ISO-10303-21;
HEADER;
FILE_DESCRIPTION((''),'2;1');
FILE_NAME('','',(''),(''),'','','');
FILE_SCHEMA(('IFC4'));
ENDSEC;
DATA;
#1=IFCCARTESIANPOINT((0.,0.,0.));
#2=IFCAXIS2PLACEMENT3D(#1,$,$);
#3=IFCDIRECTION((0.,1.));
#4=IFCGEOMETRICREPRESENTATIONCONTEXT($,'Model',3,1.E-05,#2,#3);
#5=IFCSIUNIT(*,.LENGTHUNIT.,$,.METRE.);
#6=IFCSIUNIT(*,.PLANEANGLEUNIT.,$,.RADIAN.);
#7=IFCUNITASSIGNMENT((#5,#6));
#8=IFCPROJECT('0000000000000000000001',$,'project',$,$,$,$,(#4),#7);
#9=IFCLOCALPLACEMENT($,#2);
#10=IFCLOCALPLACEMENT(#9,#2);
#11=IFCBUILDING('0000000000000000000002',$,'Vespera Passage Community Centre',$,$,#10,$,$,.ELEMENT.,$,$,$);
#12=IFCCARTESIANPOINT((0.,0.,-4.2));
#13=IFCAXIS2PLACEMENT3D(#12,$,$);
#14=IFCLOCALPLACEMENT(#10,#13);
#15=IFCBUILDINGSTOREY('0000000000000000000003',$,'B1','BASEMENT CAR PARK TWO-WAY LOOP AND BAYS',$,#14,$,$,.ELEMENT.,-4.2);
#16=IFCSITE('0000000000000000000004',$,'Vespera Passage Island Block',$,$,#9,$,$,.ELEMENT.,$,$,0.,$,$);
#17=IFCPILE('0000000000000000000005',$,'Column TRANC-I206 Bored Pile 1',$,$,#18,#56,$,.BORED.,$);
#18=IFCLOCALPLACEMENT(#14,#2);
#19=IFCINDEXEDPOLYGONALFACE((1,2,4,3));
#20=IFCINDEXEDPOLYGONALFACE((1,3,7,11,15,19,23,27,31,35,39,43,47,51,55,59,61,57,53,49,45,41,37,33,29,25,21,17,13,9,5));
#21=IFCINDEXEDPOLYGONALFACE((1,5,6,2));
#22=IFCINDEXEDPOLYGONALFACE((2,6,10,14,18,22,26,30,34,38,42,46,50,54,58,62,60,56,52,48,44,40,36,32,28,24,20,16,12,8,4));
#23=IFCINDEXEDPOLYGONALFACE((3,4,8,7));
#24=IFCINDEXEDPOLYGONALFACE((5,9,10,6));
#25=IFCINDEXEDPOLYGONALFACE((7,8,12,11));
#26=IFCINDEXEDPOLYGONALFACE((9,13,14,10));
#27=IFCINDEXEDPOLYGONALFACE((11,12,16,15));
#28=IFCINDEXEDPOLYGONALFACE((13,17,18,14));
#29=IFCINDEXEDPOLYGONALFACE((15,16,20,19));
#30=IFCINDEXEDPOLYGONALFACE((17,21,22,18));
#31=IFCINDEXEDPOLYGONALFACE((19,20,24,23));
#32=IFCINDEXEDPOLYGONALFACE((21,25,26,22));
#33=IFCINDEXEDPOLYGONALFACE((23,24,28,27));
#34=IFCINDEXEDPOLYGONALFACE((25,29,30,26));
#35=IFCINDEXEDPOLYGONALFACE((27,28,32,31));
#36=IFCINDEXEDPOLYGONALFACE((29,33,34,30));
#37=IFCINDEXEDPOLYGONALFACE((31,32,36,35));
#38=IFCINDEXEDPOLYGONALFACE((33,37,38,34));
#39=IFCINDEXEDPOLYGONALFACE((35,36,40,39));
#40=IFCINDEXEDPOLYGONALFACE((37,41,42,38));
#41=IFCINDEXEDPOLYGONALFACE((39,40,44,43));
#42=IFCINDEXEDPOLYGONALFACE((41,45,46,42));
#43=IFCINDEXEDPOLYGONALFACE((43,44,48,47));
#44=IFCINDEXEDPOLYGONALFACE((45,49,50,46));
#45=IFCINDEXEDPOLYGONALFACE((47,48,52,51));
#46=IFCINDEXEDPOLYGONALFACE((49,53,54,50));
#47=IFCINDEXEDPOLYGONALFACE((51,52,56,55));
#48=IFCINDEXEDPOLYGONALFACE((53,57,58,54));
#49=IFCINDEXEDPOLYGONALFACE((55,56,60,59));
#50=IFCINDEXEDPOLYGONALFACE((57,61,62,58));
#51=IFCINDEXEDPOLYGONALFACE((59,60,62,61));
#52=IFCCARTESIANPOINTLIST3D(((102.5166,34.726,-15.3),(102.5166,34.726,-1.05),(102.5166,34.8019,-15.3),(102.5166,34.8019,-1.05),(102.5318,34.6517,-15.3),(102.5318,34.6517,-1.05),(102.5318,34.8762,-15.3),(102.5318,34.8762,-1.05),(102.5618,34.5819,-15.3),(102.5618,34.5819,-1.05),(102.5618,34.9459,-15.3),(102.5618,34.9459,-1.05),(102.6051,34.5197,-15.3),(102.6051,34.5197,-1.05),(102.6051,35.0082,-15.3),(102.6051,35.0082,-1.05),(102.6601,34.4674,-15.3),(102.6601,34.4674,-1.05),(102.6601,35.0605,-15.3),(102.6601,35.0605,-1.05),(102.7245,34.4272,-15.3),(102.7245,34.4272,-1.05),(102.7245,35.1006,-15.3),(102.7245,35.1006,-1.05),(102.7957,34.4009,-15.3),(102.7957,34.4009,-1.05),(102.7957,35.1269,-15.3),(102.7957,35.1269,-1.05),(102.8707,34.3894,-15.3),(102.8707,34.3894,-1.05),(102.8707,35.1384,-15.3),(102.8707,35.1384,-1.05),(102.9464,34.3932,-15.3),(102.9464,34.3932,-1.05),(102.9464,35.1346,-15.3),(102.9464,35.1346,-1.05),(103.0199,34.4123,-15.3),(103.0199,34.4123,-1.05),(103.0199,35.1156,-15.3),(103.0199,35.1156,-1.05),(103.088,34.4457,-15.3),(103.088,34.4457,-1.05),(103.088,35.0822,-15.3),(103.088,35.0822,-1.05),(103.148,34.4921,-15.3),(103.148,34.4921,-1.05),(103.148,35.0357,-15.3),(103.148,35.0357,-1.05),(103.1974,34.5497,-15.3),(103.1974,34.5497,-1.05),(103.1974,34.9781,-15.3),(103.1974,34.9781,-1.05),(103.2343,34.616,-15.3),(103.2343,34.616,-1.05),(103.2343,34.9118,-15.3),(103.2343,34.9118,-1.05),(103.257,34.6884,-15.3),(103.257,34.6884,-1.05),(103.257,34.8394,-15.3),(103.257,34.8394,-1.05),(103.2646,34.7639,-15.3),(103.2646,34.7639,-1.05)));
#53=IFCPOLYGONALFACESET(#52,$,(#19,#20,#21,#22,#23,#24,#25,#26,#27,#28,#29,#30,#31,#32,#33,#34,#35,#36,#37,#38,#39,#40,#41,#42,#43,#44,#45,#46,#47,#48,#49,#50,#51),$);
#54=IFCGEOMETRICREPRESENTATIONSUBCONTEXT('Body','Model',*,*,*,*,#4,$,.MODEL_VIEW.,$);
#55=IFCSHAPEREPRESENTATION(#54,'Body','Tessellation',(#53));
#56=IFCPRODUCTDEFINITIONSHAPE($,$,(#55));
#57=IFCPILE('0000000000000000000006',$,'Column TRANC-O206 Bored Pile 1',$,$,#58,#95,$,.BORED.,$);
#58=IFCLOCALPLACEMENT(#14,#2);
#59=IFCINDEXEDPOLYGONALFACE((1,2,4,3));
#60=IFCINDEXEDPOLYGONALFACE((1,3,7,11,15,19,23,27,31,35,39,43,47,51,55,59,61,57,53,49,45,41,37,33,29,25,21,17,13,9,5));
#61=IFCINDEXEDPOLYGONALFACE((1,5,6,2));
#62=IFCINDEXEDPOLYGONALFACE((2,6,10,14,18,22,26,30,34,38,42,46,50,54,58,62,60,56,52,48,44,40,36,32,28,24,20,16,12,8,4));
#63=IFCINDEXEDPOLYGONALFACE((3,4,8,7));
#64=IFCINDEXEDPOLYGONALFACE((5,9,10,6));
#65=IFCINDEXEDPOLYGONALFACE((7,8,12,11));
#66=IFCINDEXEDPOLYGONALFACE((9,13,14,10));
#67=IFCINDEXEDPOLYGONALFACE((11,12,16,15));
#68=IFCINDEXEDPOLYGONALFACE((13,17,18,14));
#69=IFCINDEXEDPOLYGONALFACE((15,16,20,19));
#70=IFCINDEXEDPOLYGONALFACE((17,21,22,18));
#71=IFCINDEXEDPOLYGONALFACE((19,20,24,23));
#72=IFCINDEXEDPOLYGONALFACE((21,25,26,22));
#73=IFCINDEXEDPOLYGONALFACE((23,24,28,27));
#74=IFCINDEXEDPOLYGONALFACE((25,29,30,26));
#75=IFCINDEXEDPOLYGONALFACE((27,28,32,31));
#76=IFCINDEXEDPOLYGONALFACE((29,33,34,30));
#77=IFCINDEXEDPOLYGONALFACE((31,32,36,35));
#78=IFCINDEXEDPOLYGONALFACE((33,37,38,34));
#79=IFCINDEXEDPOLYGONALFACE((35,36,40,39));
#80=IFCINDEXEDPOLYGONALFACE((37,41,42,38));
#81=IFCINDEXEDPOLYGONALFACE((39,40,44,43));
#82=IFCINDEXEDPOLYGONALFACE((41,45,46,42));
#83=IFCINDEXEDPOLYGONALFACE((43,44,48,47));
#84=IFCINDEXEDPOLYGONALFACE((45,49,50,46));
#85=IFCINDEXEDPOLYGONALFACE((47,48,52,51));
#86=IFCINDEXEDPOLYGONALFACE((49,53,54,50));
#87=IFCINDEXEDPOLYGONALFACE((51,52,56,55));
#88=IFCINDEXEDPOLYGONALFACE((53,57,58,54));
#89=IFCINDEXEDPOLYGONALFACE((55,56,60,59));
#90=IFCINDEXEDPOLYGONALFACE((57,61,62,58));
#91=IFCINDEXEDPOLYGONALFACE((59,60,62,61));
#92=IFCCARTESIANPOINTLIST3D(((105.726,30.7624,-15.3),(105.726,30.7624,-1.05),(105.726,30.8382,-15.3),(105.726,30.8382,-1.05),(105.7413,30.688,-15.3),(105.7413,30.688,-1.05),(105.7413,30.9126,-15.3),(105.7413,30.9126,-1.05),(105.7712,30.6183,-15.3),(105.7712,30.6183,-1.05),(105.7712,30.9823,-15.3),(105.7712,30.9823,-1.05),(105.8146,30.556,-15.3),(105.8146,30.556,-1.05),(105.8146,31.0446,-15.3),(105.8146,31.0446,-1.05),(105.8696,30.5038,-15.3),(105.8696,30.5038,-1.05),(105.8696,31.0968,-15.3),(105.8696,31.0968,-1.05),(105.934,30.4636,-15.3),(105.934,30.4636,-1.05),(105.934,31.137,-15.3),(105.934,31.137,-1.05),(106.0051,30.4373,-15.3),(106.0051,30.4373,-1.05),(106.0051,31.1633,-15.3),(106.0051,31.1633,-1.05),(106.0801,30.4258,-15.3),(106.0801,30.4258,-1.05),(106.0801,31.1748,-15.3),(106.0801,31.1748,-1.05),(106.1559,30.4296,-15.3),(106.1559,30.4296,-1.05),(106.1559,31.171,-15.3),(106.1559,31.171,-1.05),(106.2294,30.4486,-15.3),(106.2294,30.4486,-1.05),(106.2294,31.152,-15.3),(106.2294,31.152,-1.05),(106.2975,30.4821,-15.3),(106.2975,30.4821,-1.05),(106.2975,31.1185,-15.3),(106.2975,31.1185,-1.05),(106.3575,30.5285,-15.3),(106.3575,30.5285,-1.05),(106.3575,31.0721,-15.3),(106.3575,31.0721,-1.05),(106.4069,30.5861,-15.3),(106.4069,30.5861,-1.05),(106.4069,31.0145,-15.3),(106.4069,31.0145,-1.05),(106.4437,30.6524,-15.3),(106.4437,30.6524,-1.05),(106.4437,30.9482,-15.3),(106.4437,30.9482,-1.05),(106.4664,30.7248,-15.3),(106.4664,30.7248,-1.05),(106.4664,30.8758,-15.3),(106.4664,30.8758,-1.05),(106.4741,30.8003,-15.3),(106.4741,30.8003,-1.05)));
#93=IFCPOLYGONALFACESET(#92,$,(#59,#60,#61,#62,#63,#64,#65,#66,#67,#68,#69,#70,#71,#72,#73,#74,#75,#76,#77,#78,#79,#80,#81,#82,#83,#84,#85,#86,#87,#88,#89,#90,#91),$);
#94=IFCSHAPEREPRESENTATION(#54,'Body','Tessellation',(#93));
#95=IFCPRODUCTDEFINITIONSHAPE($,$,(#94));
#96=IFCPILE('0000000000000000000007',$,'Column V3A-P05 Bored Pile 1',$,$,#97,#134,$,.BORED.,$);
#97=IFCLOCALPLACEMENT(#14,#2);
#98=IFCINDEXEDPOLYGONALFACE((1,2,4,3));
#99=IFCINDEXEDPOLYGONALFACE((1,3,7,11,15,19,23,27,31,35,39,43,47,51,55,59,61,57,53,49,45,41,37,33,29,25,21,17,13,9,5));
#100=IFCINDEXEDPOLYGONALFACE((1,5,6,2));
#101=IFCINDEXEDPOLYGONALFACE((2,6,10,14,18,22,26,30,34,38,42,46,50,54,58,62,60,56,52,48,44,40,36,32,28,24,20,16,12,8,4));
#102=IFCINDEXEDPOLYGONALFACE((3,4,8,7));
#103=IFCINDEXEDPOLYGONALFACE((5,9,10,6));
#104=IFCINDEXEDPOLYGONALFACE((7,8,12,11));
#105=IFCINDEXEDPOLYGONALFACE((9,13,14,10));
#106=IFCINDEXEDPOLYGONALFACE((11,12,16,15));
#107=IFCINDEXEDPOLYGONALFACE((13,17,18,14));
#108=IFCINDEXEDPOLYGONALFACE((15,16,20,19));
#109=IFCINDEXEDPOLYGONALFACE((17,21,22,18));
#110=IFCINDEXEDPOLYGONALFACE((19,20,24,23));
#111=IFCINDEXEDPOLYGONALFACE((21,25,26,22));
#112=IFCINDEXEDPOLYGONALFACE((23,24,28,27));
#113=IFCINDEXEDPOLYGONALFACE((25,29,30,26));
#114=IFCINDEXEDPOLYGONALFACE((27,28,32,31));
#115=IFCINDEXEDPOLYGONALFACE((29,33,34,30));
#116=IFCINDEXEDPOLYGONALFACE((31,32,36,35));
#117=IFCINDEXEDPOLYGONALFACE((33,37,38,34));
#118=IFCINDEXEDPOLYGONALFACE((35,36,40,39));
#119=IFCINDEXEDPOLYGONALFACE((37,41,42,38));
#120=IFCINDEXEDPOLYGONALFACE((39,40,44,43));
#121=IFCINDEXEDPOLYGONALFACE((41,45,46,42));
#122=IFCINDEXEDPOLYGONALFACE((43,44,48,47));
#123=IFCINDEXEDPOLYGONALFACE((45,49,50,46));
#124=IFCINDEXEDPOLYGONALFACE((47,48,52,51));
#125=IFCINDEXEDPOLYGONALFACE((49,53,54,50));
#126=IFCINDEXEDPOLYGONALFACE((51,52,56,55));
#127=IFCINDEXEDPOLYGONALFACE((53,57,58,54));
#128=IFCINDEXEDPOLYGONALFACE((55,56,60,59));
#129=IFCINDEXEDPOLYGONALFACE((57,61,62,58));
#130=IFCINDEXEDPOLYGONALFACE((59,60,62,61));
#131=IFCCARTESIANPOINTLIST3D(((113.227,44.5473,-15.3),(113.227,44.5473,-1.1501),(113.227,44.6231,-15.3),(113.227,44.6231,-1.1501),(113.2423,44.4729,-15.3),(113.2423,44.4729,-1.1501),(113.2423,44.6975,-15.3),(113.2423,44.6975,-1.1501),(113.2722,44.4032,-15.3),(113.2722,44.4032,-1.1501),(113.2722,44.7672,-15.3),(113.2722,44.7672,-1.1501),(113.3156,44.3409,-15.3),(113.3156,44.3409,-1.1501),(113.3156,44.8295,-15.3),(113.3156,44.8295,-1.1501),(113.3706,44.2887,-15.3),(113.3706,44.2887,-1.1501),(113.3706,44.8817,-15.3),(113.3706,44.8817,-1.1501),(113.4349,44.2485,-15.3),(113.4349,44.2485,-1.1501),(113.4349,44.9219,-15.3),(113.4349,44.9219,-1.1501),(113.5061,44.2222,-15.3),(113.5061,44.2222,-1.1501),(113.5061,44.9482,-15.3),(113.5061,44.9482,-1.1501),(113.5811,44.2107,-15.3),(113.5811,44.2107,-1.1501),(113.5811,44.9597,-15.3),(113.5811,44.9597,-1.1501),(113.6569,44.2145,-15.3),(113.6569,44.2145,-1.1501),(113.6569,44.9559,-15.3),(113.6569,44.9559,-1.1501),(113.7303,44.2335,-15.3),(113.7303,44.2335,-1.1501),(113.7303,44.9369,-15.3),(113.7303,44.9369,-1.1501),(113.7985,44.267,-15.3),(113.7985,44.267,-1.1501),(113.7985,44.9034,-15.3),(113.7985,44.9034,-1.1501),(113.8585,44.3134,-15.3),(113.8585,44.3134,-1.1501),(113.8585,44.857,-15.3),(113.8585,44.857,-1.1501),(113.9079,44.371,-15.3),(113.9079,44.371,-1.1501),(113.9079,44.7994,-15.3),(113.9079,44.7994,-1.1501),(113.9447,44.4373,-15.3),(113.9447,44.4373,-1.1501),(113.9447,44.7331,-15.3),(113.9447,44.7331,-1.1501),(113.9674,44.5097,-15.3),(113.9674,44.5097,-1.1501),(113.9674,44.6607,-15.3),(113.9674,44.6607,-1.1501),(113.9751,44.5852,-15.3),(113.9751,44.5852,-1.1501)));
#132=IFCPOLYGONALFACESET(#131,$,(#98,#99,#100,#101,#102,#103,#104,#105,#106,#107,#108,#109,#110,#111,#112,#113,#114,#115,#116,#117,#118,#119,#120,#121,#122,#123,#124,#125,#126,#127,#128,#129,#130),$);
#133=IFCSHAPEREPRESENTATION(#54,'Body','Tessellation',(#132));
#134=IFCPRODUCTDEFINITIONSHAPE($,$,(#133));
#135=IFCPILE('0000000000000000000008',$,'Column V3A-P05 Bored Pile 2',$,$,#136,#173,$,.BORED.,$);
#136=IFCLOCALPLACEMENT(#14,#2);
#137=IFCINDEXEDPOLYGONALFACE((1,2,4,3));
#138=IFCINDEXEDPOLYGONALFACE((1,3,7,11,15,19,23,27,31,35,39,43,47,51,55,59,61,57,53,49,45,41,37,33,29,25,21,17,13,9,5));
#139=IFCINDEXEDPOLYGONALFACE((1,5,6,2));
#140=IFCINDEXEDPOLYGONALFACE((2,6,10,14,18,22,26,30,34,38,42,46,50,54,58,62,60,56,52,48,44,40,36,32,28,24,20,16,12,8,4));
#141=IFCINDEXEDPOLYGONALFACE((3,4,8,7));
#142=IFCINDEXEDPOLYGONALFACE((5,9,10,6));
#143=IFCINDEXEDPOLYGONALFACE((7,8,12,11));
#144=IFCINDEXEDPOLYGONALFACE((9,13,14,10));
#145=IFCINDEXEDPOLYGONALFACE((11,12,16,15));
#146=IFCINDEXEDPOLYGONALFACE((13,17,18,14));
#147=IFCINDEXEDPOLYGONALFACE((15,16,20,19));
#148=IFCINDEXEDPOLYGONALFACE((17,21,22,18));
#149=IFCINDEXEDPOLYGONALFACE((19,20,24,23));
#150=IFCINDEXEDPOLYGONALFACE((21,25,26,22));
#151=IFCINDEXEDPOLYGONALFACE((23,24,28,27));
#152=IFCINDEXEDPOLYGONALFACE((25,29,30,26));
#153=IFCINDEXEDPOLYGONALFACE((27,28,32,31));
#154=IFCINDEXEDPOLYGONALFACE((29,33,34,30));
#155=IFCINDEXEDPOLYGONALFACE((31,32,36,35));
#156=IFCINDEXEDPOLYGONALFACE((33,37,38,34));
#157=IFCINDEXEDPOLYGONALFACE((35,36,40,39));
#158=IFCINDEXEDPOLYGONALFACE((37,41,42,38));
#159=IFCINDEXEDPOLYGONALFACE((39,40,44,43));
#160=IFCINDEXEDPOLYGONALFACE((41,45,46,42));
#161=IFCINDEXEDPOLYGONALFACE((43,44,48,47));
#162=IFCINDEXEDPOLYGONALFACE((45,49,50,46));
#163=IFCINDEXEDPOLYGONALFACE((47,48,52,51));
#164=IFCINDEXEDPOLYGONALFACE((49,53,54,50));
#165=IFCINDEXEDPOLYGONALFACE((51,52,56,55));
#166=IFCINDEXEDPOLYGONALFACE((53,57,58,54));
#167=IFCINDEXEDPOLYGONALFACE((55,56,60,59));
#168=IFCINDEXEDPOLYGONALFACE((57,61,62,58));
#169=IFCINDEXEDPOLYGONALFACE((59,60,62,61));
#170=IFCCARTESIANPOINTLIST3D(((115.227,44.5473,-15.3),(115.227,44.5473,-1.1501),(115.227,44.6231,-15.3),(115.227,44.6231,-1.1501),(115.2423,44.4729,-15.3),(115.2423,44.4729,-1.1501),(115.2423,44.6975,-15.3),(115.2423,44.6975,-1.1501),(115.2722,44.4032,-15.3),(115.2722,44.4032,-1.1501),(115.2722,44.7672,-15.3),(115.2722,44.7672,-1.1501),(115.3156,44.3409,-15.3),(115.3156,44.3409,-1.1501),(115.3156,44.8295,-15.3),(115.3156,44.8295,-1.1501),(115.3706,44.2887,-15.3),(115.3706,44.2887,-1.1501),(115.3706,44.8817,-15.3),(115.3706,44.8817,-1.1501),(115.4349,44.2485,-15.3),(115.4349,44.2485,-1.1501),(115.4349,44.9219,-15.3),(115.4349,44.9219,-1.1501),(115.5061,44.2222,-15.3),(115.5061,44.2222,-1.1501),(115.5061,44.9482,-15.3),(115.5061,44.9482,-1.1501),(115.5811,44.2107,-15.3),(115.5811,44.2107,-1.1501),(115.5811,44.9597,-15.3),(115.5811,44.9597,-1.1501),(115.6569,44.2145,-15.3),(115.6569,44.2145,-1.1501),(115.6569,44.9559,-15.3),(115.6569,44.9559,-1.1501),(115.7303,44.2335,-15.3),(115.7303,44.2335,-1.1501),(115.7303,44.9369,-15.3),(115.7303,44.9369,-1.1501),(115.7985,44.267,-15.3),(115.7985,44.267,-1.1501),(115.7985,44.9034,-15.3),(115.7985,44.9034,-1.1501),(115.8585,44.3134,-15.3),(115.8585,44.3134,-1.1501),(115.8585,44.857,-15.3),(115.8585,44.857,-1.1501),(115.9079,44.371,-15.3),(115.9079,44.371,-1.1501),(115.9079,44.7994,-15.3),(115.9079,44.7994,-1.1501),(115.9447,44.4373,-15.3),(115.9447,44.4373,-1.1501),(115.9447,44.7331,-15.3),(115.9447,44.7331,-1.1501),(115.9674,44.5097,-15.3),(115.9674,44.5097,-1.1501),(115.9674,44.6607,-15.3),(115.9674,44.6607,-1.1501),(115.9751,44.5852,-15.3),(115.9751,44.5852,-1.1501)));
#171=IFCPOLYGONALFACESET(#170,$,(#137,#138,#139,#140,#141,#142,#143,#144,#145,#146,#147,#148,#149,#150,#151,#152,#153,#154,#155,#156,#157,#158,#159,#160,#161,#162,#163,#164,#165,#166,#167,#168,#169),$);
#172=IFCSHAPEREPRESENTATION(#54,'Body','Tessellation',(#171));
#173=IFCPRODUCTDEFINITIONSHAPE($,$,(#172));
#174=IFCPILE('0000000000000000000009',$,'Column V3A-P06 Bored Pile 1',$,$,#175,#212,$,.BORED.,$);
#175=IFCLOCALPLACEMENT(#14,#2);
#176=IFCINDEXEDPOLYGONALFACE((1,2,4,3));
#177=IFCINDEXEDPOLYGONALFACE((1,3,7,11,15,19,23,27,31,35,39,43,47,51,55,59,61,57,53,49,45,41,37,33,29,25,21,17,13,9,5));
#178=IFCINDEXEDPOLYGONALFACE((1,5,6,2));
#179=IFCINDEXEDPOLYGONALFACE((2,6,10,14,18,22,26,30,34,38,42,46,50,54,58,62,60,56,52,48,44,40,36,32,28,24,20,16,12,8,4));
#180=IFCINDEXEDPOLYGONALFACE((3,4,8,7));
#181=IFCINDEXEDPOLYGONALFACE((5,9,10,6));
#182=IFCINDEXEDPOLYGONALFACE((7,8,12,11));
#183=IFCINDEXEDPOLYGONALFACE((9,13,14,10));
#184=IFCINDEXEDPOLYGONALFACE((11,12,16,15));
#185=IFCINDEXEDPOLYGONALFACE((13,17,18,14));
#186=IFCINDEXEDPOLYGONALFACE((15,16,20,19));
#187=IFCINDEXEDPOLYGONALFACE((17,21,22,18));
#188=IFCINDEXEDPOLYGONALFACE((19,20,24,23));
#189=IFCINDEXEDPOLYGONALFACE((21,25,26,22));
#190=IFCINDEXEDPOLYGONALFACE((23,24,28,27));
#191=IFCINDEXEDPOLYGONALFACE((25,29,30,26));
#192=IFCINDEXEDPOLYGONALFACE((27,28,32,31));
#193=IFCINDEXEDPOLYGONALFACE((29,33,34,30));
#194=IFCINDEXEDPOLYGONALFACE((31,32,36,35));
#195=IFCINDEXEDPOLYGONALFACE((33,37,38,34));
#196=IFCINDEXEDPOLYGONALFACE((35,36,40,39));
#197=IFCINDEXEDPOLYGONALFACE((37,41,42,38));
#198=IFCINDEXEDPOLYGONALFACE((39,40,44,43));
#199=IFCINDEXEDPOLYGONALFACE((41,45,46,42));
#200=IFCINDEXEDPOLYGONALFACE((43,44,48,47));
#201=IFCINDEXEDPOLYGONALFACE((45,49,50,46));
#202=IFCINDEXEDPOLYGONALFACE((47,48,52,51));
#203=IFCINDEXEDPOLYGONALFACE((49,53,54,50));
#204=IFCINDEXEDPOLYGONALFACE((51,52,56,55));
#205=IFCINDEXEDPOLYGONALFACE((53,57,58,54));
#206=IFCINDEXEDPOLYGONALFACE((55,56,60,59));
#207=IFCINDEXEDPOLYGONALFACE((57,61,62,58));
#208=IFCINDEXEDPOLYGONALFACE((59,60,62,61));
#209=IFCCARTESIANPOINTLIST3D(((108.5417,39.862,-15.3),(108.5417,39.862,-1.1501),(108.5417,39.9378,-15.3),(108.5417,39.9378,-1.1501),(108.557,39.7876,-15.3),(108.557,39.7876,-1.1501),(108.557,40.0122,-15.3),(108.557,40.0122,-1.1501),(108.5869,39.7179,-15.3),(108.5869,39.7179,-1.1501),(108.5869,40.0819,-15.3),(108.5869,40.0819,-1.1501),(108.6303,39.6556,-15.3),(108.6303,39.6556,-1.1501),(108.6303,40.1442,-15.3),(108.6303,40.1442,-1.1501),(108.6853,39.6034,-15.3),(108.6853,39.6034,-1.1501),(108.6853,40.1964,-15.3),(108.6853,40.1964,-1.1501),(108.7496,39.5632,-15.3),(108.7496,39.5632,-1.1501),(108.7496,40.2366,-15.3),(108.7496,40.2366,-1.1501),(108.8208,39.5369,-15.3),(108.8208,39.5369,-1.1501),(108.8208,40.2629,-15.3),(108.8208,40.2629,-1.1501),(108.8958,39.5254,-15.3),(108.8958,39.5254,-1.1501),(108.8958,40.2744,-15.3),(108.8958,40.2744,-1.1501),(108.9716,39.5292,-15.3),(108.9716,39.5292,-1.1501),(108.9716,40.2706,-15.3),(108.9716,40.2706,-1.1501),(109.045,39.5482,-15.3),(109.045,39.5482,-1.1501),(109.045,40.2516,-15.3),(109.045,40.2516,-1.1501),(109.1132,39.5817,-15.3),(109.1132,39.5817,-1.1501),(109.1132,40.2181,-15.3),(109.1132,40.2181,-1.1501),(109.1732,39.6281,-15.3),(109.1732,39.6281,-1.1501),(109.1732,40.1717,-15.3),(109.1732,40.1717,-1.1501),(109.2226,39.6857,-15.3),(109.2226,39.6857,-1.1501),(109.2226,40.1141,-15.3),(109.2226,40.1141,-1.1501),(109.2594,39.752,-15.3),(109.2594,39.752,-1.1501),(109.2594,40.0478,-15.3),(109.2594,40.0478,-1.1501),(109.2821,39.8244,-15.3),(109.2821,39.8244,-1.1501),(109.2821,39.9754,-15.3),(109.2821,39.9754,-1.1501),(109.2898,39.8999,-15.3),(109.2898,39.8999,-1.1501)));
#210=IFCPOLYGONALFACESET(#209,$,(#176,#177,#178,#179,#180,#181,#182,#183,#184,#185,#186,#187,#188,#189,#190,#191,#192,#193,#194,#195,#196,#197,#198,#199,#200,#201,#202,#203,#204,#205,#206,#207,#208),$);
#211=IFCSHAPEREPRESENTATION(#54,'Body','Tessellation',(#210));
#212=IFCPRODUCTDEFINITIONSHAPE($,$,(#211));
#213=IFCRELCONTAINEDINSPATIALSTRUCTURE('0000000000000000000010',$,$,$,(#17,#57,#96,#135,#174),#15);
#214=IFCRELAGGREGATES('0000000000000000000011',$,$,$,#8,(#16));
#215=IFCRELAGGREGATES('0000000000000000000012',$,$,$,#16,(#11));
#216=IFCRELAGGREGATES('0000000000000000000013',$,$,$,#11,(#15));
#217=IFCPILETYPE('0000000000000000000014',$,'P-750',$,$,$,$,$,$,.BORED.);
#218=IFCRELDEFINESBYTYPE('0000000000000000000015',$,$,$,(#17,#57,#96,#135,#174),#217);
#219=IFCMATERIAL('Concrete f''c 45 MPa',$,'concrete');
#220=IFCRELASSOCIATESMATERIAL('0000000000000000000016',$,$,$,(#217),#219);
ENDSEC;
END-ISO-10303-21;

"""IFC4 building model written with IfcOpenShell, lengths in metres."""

from ifc_helpers import new_model, si_unit, direction, frame, origin, origin_2d, place, context, subcontext, project, spatial, circle, extrude, material, material_profile, profile_set, type_object, element, save


model = new_model("IFC4")

# Units and contexts
model_context = context("Model", 3, precision=1e-05, world=origin(), true_north=direction((0.0, 1.0)))
body_context = subcontext(model_context, "Body", "Model", "MODEL_VIEW")
ifc_project = project(units=[si_unit("LENGTHUNIT", "METRE"), si_unit("PLANEANGLEUNIT", "RADIAN")], contexts=[model_context])

# Site, building, storey
site_placement = place(None, origin())
site = spatial("IfcSite", under=ifc_project, at=site_placement, Name="Vespera Passage Island Block", CompositionType="ELEMENT", RefElevation=0.0)
building_placement = place(site_placement, origin())
building = spatial("IfcBuilding", under=site, at=building_placement, Name="Vespera Passage Community Centre", CompositionType="ELEMENT")
storey_placement = place(building_placement, frame((0.0, 0.0, -4.2)))
storey = spatial("IfcBuildingStorey", under=building, at=storey_placement, Name="B1", Description="BASEMENT CAR PARK TWO-WAY LOOP AND BAYS", CompositionType="ELEMENT", Elevation=-4.2)

# Piles
ifc_material_1 = material(Name="Concrete f'c 45 MPa", Category="concrete")
ifc_material_profile_1 = material_profile(ifc_material_1, circle(Radius=0.375, at=origin_2d()), Name="PILE750DIA")
ifc_profile_set_1 = profile_set([ifc_material_profile_1], Name="Concrete f'c 45 MPa")
pile_type_1 = type_object("IfcPileType", Name="P-750", PredefinedType="BORED", material=ifc_profile_set_1)
for number, where, z_axis, x_axis, name in (
    (1, (102.8896, 34.7639, -1.05), (0.0, 0.0, -1.0), (1.0, 0.0, 0.0), "Column TRANC-I206 Bored Pile 1"),
    (2, (106.0991, 30.8003, -1.05), (0.0, 0.0, -1.0), (1.0, 0.0, 0.0), "Column TRANC-O206 Bored Pile 1"),
):
    element("IfcPile", number, at=place(storey_placement, frame(where, z_axis=z_axis, x_axis=x_axis)), inside=storey, type_object=pile_type_1, Name=name, PredefinedType="BORED", context=body_context, shape_type="SweptSolid", body=[
        extrude(circle(Radius=0.375, at=origin_2d()), origin(), (0.0, 0.0, 1.0), 14.25),
    ])
for number, where, z_axis, x_axis, name in (
    (3, (113.6001, 44.5852, -1.1501), (0.0, 0.0, -1.0), (1.0, 0.0, 0.0), "Column V3A-P05 Bored Pile 1"),
    (4, (115.6001, 44.5852, -1.1501), (0.0, 0.0, -1.0), (1.0, 0.0, 0.0), "Column V3A-P05 Bored Pile 2"),
    (5, (108.9148, 39.8999, -1.1501), (0.0, 0.0, -1.0), (1.0, 0.0, 0.0), "Column V3A-P06 Bored Pile 1"),
):
    element("IfcPile", number, at=place(storey_placement, frame(where, z_axis=z_axis, x_axis=x_axis)), inside=storey, type_object=pile_type_1, Name=name, PredefinedType="BORED", context=body_context, shape_type="SweptSolid", body=[
        extrude(circle(Radius=0.375, at=origin_2d()), origin(), (0.0, 0.0, 1.0), 14.1499),
    ])

save(model, "model.ifc")
